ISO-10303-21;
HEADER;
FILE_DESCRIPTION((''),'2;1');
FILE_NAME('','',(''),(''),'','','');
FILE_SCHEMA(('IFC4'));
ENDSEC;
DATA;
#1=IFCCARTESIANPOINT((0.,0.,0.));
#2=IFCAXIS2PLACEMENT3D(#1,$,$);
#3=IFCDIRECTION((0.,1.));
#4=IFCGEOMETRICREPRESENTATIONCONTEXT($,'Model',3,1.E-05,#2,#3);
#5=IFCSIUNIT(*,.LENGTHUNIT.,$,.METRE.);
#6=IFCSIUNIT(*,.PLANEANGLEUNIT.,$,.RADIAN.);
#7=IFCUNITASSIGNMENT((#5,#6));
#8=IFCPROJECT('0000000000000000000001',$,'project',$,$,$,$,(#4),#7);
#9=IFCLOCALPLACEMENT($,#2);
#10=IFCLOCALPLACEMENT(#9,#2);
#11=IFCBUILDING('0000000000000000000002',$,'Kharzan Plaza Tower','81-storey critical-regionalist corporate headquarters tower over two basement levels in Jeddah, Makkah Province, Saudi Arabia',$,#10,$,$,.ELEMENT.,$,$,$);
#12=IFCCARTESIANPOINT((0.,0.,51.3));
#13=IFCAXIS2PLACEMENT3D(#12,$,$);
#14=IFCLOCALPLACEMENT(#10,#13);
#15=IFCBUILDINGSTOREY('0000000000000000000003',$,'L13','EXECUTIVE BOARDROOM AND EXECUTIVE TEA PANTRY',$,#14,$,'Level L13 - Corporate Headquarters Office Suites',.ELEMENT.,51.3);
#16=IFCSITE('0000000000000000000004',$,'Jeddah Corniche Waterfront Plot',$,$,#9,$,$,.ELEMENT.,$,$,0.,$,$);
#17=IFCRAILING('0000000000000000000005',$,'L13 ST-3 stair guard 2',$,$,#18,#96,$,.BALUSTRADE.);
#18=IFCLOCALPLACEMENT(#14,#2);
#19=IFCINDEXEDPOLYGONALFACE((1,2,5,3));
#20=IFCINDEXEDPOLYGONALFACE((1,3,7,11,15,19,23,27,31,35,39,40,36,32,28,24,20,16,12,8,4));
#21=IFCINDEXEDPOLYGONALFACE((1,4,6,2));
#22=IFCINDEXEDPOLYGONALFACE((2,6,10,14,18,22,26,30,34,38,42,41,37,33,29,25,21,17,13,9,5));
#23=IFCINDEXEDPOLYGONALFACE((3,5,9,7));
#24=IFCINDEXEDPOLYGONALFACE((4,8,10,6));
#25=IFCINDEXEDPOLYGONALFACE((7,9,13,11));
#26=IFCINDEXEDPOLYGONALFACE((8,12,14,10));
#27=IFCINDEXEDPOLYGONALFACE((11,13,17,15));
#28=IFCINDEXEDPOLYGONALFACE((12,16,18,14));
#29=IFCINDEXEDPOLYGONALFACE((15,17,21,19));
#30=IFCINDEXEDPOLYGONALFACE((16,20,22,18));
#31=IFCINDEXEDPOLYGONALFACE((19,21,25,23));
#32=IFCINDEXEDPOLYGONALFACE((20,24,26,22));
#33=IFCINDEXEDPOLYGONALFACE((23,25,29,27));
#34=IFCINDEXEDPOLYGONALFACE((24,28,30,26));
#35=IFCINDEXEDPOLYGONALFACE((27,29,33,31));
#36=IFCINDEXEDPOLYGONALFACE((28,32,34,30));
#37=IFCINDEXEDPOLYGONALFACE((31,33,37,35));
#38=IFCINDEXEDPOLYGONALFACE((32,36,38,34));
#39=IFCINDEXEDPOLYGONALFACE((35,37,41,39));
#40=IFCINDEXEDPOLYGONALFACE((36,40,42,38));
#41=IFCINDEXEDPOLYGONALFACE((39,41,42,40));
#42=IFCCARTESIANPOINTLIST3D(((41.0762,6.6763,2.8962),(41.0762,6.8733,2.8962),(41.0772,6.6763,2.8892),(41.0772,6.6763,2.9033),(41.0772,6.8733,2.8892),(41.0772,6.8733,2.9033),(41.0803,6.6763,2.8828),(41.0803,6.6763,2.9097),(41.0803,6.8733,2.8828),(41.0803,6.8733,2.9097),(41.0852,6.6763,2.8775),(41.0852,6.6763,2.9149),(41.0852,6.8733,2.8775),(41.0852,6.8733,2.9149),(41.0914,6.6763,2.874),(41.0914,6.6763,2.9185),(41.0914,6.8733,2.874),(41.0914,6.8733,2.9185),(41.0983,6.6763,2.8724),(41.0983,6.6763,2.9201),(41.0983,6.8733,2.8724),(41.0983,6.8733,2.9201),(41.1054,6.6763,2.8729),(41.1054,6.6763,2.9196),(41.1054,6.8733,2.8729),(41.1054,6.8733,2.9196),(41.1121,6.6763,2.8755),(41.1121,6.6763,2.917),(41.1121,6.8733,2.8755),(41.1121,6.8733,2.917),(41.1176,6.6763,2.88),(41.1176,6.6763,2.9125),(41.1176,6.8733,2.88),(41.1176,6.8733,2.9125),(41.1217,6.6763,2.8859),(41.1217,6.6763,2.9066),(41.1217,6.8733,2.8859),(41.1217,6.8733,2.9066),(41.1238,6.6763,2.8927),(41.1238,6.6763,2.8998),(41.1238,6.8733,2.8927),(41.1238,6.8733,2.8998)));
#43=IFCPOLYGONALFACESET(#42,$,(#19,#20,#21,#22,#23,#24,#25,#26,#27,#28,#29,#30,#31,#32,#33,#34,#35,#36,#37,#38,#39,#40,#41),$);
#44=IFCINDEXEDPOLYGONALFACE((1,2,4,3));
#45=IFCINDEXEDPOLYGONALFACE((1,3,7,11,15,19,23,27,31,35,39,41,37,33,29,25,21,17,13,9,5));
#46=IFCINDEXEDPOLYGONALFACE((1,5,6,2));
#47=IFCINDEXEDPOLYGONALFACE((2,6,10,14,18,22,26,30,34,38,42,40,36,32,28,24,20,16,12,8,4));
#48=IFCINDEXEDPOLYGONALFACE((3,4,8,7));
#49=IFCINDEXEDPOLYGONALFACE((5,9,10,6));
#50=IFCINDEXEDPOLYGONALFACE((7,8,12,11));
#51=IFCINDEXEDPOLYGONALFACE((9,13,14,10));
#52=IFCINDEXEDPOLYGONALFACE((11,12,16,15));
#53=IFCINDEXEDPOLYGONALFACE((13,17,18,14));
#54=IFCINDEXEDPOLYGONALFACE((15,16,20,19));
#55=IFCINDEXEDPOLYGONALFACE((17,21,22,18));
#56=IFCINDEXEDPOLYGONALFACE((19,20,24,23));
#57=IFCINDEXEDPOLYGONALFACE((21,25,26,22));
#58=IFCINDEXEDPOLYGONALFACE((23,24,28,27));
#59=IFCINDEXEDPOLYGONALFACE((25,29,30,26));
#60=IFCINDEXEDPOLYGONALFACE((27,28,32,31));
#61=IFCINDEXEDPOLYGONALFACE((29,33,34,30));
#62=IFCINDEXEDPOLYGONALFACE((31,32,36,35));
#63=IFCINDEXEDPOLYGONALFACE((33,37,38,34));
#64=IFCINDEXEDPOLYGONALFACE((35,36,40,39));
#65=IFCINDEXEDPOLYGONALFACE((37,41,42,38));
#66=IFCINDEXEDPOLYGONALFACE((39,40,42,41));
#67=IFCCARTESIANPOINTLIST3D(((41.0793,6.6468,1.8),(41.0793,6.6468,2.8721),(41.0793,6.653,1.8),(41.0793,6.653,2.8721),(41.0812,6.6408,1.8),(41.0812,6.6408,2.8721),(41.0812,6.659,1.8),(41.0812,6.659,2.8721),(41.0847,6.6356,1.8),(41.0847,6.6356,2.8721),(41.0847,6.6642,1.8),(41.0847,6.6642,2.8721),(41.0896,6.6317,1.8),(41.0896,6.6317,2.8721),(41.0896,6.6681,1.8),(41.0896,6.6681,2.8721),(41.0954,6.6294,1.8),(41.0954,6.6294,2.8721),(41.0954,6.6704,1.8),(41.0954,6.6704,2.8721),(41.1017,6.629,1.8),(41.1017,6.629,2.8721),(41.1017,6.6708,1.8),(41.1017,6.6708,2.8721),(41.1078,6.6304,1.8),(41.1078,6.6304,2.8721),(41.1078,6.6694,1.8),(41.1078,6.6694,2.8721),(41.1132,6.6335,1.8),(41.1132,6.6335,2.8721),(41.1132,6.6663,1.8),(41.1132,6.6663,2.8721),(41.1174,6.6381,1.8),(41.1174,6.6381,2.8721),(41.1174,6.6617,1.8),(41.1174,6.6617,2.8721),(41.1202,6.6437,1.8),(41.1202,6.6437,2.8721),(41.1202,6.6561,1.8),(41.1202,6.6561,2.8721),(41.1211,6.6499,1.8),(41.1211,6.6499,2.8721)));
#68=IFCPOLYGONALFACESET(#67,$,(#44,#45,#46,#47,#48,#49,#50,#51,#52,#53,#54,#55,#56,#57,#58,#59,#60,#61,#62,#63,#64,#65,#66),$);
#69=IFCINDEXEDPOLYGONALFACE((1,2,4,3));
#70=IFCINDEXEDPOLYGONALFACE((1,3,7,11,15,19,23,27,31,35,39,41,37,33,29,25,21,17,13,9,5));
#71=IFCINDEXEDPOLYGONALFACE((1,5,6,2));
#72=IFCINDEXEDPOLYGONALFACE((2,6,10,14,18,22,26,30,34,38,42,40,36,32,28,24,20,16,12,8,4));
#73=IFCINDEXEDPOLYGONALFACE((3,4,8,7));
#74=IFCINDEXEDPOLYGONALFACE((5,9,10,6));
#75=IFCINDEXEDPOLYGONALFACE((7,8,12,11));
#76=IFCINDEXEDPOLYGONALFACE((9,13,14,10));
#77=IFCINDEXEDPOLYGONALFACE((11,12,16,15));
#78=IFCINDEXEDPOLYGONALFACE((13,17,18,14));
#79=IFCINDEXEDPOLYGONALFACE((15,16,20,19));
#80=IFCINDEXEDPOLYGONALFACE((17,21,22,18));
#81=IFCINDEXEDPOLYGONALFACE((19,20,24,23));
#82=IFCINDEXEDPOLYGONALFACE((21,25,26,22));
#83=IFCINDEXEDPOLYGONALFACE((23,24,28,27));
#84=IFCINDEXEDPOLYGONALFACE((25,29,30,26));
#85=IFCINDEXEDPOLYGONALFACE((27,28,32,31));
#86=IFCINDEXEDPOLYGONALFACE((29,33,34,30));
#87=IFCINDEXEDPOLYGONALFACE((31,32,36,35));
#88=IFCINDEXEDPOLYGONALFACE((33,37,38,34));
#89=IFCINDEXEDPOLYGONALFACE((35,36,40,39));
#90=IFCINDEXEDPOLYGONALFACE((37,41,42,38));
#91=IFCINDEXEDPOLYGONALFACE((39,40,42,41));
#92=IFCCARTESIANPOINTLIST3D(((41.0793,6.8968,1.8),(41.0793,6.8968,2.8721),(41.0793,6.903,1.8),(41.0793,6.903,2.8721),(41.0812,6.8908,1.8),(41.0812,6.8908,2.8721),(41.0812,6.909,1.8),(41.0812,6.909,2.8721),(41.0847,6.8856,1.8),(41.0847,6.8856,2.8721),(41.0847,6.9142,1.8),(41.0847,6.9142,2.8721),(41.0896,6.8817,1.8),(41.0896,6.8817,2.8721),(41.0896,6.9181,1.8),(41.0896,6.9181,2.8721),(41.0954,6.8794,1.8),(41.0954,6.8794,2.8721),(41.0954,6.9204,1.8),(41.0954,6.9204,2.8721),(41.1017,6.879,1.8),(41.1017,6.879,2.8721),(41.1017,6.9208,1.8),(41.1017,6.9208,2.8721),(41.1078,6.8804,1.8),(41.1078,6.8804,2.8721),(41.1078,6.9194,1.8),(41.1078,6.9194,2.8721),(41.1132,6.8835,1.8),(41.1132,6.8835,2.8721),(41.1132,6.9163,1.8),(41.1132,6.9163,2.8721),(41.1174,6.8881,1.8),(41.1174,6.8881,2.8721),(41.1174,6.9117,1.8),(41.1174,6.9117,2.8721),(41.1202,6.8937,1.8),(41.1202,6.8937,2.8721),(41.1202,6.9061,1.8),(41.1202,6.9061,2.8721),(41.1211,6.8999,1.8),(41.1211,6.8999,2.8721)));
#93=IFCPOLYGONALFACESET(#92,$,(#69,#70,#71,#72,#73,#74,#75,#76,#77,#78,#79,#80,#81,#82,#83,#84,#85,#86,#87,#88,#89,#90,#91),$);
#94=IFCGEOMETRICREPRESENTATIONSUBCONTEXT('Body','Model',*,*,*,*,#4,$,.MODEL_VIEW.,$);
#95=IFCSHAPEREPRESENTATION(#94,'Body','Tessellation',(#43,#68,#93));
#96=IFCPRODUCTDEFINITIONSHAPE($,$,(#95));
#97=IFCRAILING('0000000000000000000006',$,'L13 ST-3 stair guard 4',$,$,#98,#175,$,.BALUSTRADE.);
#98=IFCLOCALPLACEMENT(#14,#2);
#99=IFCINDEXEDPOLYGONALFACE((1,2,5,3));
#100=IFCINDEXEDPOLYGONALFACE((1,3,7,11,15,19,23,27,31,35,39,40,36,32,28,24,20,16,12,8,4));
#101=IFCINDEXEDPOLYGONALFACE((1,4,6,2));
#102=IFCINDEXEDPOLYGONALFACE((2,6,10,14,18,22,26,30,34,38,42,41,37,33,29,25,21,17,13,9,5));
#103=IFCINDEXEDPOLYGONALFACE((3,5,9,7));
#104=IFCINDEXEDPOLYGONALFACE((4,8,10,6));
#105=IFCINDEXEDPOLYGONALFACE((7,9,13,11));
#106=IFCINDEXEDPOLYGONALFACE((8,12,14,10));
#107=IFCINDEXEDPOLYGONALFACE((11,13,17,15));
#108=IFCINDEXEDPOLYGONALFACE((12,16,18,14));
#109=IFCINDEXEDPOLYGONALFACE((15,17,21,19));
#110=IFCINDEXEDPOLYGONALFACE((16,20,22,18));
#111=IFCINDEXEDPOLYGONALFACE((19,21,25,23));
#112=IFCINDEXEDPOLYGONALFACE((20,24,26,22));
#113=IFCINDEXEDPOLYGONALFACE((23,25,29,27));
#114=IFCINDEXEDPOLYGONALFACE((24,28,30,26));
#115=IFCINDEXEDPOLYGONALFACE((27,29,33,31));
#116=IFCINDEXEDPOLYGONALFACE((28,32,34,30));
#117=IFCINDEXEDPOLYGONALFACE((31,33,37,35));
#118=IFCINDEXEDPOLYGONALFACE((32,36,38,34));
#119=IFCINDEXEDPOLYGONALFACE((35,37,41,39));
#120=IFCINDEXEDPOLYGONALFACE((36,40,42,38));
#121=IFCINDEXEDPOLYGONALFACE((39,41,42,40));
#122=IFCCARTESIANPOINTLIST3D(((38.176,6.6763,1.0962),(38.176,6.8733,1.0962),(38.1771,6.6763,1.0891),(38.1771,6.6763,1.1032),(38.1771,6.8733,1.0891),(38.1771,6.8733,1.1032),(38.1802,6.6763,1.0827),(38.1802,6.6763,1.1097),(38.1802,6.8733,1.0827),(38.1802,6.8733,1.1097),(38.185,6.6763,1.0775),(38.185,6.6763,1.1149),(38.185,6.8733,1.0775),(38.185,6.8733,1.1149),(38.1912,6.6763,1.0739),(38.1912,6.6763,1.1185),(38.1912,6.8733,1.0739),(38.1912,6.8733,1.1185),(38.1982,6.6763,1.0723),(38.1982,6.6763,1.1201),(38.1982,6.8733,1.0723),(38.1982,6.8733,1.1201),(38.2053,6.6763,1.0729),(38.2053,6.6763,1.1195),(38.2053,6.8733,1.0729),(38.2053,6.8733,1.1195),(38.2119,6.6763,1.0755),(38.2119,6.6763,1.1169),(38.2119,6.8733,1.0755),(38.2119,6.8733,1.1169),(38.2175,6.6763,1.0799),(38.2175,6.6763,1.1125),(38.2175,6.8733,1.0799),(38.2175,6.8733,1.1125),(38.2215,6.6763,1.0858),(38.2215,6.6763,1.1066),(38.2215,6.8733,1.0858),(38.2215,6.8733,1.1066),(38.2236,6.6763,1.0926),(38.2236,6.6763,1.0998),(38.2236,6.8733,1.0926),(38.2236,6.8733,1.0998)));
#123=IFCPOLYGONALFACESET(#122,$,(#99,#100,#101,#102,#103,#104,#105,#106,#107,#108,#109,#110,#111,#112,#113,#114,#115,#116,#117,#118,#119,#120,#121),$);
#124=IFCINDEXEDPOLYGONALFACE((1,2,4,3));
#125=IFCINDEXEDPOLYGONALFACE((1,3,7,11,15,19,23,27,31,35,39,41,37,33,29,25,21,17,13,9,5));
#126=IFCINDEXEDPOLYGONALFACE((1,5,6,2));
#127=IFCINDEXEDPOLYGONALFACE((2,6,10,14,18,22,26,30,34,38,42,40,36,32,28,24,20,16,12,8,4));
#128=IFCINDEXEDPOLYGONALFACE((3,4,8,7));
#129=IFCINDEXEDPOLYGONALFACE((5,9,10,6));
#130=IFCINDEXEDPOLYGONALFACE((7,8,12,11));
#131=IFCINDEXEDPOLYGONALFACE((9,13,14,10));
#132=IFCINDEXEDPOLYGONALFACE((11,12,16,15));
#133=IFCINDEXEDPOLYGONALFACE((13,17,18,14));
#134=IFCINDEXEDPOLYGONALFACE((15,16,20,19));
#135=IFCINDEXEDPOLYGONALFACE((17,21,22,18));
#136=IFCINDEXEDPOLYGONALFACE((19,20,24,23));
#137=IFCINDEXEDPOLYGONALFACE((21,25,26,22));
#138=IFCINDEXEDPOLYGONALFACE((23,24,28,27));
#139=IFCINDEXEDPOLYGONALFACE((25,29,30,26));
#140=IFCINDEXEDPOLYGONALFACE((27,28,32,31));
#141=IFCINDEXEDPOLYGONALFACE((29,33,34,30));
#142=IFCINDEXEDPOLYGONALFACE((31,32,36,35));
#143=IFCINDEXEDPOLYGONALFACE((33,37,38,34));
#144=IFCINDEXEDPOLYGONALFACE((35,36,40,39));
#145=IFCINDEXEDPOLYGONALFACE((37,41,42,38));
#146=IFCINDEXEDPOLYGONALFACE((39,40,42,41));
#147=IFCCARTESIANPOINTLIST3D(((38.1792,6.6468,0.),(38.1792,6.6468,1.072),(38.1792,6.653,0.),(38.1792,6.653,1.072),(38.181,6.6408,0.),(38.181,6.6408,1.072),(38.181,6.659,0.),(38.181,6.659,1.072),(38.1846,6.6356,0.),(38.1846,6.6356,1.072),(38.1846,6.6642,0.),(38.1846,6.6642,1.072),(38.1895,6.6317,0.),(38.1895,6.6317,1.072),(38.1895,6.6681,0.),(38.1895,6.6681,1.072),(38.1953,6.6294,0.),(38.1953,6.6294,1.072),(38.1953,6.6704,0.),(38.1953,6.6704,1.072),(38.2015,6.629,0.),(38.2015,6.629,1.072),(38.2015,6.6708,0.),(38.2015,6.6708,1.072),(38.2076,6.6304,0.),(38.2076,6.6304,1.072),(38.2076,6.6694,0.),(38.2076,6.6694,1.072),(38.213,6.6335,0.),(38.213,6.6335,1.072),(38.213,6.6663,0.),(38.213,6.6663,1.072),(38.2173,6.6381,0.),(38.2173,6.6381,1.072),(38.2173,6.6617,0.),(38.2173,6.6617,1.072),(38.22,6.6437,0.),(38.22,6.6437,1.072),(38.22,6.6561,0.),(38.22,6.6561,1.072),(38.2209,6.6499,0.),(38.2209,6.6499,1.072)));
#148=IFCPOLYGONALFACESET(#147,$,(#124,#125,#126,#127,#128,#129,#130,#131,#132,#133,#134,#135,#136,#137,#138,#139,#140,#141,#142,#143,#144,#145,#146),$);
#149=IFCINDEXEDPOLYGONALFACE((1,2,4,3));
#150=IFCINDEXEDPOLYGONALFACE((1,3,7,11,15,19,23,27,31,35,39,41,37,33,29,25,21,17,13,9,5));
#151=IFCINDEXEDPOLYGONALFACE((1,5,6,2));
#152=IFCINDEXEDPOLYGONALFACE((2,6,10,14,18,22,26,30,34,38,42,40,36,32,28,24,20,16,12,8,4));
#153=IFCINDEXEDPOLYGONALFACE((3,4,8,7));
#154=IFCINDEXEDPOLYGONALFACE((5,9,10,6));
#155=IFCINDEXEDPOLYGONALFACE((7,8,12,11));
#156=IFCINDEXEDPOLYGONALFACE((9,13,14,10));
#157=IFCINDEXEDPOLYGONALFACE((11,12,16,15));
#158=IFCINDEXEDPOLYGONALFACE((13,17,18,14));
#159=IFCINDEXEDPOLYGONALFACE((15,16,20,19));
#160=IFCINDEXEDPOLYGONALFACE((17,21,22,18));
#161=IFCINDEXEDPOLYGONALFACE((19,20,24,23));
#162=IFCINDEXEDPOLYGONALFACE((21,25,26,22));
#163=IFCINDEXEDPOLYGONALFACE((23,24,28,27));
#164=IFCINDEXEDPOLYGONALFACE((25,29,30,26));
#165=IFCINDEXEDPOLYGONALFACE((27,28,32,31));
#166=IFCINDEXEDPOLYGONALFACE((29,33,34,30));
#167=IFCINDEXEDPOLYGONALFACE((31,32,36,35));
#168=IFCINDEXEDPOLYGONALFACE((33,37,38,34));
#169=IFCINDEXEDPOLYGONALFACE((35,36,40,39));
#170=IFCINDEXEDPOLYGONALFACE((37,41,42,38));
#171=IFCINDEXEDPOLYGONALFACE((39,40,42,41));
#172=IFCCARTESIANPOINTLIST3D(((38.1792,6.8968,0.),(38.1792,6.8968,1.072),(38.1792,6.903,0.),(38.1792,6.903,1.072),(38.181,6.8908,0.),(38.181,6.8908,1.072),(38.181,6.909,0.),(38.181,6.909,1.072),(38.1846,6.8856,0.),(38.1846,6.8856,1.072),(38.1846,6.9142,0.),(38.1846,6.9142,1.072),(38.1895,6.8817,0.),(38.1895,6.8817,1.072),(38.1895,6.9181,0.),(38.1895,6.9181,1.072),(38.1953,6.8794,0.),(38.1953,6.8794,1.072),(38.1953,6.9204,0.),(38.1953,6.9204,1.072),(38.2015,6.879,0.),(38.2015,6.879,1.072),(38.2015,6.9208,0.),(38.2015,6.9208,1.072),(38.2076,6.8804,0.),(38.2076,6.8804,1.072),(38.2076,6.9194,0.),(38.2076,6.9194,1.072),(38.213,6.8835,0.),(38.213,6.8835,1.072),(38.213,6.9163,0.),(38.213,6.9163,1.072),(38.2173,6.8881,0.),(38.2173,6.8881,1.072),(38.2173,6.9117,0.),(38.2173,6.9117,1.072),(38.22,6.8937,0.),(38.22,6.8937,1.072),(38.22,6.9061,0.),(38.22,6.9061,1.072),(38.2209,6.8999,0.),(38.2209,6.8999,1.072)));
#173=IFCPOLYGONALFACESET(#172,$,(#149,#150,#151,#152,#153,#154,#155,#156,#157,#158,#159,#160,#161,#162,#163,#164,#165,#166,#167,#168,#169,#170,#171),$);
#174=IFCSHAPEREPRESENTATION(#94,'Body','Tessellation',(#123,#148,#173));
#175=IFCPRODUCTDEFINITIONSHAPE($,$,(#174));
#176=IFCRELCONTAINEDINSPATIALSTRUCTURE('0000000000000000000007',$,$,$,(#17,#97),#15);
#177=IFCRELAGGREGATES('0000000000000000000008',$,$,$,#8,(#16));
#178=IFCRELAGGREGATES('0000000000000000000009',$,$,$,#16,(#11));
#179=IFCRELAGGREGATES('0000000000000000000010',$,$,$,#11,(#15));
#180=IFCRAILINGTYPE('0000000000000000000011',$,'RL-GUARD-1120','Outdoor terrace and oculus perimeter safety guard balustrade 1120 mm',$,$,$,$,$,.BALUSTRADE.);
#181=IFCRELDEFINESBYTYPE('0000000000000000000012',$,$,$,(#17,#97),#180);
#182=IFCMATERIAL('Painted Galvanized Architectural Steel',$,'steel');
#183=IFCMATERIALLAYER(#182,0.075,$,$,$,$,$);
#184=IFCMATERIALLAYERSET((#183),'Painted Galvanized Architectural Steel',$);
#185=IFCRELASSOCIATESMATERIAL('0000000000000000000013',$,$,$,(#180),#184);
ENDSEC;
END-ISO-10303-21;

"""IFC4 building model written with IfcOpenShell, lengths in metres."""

from ifc_helpers import new_model, si_unit, direction, frame, origin, origin_2d, place, context, subcontext, project, spatial, circle, extrude, source, transform, mapped, material, layer, layer_set, type_object, element, save


model = new_model("IFC4")

# Units and contexts
model_context = context("Model", 3, precision=1e-05, world=origin(), true_north=direction((0.0, 1.0)))
body_context = subcontext(model_context, "Body", "Model", "MODEL_VIEW")
ifc_project = project(units=[si_unit("LENGTHUNIT", "METRE"), si_unit("PLANEANGLEUNIT", "RADIAN")], contexts=[model_context])

# Site, building, storey
site_placement = place(None, origin())
site = spatial("IfcSite", under=ifc_project, at=site_placement, Name="Jeddah Corniche Waterfront Plot", CompositionType="ELEMENT", RefElevation=0.0)
building_placement = place(site_placement, origin())
building = spatial("IfcBuilding", under=site, at=building_placement, Name="Kharzan Plaza Tower", Description="81-storey critical-regionalist corporate headquarters tower over two basement levels in Jeddah, Makkah Province, Saudi Arabia", CompositionType="ELEMENT")
storey_placement = place(building_placement, frame((0.0, 0.0, 51.3)))
storey = spatial("IfcBuildingStorey", under=building, at=storey_placement, Name="L13", Description="EXECUTIVE BOARDROOM AND EXECUTIVE TEA PANTRY", LongName="Level L13 - Corporate Headquarters Office Suites", CompositionType="ELEMENT", Elevation=51.3)

# Railings
ifc_material_1 = material(Name="Painted Galvanized Architectural Steel", Category="steel")
ifc_layer_1 = layer(ifc_material_1, 0.075)
ifc_layer_set_1 = layer_set([ifc_layer_1], Name="Painted Galvanized Architectural Steel")
railing_type_1 = type_object("IfcRailingType", Name="RL-GUARD-1120", Description="Outdoor terrace and oculus perimeter safety guard balustrade 1120 mm", PredefinedType="BALUSTRADE", material=ifc_layer_set_1)
shared_shape_1 = source(origin(), body_context, "Body", "SweptSolid", [
    extrude(circle(Radius=0.0239, at=origin_2d()), frame((0.0, 0.0264, 1.0962), z_axis=(0.0, 1.0, 0.0), x_axis=(-1.0, 0.0, 0.0)), (0.0, 0.0, 1.0), 0.197),
    extrude(circle(Radius=0.021, at=origin_2d()), origin(), (0.0, 0.0, 1.0), 1.072),
    extrude(circle(Radius=0.021, at=origin_2d()), frame((0.0, 0.25, 0.0)), (0.0, 0.0, 1.0), 1.072),
])
for number, where, name in (
    (1, (41.1001, 6.6499, 1.8), "L13 ST-3 stair guard 2"),
    (2, (38.2, 6.6499, 0.0), "L13 ST-3 stair guard 4"),
):
    element("IfcRailing", number, at=place(storey_placement, frame(where)), inside=storey, type_object=railing_type_1, Name=name, PredefinedType="BALUSTRADE", context=body_context, shape_type="MappedRepresentation", body=[
        mapped(shared_shape_1, transform((0.0, 0.0, 0.0), x_axis=(1.0, 0.0, 0.0), y_axis=(0.0, 1.0, 0.0), z_axis=(0.0, 0.0, 1.0))),
    ])

save(model, "model.ifc")
